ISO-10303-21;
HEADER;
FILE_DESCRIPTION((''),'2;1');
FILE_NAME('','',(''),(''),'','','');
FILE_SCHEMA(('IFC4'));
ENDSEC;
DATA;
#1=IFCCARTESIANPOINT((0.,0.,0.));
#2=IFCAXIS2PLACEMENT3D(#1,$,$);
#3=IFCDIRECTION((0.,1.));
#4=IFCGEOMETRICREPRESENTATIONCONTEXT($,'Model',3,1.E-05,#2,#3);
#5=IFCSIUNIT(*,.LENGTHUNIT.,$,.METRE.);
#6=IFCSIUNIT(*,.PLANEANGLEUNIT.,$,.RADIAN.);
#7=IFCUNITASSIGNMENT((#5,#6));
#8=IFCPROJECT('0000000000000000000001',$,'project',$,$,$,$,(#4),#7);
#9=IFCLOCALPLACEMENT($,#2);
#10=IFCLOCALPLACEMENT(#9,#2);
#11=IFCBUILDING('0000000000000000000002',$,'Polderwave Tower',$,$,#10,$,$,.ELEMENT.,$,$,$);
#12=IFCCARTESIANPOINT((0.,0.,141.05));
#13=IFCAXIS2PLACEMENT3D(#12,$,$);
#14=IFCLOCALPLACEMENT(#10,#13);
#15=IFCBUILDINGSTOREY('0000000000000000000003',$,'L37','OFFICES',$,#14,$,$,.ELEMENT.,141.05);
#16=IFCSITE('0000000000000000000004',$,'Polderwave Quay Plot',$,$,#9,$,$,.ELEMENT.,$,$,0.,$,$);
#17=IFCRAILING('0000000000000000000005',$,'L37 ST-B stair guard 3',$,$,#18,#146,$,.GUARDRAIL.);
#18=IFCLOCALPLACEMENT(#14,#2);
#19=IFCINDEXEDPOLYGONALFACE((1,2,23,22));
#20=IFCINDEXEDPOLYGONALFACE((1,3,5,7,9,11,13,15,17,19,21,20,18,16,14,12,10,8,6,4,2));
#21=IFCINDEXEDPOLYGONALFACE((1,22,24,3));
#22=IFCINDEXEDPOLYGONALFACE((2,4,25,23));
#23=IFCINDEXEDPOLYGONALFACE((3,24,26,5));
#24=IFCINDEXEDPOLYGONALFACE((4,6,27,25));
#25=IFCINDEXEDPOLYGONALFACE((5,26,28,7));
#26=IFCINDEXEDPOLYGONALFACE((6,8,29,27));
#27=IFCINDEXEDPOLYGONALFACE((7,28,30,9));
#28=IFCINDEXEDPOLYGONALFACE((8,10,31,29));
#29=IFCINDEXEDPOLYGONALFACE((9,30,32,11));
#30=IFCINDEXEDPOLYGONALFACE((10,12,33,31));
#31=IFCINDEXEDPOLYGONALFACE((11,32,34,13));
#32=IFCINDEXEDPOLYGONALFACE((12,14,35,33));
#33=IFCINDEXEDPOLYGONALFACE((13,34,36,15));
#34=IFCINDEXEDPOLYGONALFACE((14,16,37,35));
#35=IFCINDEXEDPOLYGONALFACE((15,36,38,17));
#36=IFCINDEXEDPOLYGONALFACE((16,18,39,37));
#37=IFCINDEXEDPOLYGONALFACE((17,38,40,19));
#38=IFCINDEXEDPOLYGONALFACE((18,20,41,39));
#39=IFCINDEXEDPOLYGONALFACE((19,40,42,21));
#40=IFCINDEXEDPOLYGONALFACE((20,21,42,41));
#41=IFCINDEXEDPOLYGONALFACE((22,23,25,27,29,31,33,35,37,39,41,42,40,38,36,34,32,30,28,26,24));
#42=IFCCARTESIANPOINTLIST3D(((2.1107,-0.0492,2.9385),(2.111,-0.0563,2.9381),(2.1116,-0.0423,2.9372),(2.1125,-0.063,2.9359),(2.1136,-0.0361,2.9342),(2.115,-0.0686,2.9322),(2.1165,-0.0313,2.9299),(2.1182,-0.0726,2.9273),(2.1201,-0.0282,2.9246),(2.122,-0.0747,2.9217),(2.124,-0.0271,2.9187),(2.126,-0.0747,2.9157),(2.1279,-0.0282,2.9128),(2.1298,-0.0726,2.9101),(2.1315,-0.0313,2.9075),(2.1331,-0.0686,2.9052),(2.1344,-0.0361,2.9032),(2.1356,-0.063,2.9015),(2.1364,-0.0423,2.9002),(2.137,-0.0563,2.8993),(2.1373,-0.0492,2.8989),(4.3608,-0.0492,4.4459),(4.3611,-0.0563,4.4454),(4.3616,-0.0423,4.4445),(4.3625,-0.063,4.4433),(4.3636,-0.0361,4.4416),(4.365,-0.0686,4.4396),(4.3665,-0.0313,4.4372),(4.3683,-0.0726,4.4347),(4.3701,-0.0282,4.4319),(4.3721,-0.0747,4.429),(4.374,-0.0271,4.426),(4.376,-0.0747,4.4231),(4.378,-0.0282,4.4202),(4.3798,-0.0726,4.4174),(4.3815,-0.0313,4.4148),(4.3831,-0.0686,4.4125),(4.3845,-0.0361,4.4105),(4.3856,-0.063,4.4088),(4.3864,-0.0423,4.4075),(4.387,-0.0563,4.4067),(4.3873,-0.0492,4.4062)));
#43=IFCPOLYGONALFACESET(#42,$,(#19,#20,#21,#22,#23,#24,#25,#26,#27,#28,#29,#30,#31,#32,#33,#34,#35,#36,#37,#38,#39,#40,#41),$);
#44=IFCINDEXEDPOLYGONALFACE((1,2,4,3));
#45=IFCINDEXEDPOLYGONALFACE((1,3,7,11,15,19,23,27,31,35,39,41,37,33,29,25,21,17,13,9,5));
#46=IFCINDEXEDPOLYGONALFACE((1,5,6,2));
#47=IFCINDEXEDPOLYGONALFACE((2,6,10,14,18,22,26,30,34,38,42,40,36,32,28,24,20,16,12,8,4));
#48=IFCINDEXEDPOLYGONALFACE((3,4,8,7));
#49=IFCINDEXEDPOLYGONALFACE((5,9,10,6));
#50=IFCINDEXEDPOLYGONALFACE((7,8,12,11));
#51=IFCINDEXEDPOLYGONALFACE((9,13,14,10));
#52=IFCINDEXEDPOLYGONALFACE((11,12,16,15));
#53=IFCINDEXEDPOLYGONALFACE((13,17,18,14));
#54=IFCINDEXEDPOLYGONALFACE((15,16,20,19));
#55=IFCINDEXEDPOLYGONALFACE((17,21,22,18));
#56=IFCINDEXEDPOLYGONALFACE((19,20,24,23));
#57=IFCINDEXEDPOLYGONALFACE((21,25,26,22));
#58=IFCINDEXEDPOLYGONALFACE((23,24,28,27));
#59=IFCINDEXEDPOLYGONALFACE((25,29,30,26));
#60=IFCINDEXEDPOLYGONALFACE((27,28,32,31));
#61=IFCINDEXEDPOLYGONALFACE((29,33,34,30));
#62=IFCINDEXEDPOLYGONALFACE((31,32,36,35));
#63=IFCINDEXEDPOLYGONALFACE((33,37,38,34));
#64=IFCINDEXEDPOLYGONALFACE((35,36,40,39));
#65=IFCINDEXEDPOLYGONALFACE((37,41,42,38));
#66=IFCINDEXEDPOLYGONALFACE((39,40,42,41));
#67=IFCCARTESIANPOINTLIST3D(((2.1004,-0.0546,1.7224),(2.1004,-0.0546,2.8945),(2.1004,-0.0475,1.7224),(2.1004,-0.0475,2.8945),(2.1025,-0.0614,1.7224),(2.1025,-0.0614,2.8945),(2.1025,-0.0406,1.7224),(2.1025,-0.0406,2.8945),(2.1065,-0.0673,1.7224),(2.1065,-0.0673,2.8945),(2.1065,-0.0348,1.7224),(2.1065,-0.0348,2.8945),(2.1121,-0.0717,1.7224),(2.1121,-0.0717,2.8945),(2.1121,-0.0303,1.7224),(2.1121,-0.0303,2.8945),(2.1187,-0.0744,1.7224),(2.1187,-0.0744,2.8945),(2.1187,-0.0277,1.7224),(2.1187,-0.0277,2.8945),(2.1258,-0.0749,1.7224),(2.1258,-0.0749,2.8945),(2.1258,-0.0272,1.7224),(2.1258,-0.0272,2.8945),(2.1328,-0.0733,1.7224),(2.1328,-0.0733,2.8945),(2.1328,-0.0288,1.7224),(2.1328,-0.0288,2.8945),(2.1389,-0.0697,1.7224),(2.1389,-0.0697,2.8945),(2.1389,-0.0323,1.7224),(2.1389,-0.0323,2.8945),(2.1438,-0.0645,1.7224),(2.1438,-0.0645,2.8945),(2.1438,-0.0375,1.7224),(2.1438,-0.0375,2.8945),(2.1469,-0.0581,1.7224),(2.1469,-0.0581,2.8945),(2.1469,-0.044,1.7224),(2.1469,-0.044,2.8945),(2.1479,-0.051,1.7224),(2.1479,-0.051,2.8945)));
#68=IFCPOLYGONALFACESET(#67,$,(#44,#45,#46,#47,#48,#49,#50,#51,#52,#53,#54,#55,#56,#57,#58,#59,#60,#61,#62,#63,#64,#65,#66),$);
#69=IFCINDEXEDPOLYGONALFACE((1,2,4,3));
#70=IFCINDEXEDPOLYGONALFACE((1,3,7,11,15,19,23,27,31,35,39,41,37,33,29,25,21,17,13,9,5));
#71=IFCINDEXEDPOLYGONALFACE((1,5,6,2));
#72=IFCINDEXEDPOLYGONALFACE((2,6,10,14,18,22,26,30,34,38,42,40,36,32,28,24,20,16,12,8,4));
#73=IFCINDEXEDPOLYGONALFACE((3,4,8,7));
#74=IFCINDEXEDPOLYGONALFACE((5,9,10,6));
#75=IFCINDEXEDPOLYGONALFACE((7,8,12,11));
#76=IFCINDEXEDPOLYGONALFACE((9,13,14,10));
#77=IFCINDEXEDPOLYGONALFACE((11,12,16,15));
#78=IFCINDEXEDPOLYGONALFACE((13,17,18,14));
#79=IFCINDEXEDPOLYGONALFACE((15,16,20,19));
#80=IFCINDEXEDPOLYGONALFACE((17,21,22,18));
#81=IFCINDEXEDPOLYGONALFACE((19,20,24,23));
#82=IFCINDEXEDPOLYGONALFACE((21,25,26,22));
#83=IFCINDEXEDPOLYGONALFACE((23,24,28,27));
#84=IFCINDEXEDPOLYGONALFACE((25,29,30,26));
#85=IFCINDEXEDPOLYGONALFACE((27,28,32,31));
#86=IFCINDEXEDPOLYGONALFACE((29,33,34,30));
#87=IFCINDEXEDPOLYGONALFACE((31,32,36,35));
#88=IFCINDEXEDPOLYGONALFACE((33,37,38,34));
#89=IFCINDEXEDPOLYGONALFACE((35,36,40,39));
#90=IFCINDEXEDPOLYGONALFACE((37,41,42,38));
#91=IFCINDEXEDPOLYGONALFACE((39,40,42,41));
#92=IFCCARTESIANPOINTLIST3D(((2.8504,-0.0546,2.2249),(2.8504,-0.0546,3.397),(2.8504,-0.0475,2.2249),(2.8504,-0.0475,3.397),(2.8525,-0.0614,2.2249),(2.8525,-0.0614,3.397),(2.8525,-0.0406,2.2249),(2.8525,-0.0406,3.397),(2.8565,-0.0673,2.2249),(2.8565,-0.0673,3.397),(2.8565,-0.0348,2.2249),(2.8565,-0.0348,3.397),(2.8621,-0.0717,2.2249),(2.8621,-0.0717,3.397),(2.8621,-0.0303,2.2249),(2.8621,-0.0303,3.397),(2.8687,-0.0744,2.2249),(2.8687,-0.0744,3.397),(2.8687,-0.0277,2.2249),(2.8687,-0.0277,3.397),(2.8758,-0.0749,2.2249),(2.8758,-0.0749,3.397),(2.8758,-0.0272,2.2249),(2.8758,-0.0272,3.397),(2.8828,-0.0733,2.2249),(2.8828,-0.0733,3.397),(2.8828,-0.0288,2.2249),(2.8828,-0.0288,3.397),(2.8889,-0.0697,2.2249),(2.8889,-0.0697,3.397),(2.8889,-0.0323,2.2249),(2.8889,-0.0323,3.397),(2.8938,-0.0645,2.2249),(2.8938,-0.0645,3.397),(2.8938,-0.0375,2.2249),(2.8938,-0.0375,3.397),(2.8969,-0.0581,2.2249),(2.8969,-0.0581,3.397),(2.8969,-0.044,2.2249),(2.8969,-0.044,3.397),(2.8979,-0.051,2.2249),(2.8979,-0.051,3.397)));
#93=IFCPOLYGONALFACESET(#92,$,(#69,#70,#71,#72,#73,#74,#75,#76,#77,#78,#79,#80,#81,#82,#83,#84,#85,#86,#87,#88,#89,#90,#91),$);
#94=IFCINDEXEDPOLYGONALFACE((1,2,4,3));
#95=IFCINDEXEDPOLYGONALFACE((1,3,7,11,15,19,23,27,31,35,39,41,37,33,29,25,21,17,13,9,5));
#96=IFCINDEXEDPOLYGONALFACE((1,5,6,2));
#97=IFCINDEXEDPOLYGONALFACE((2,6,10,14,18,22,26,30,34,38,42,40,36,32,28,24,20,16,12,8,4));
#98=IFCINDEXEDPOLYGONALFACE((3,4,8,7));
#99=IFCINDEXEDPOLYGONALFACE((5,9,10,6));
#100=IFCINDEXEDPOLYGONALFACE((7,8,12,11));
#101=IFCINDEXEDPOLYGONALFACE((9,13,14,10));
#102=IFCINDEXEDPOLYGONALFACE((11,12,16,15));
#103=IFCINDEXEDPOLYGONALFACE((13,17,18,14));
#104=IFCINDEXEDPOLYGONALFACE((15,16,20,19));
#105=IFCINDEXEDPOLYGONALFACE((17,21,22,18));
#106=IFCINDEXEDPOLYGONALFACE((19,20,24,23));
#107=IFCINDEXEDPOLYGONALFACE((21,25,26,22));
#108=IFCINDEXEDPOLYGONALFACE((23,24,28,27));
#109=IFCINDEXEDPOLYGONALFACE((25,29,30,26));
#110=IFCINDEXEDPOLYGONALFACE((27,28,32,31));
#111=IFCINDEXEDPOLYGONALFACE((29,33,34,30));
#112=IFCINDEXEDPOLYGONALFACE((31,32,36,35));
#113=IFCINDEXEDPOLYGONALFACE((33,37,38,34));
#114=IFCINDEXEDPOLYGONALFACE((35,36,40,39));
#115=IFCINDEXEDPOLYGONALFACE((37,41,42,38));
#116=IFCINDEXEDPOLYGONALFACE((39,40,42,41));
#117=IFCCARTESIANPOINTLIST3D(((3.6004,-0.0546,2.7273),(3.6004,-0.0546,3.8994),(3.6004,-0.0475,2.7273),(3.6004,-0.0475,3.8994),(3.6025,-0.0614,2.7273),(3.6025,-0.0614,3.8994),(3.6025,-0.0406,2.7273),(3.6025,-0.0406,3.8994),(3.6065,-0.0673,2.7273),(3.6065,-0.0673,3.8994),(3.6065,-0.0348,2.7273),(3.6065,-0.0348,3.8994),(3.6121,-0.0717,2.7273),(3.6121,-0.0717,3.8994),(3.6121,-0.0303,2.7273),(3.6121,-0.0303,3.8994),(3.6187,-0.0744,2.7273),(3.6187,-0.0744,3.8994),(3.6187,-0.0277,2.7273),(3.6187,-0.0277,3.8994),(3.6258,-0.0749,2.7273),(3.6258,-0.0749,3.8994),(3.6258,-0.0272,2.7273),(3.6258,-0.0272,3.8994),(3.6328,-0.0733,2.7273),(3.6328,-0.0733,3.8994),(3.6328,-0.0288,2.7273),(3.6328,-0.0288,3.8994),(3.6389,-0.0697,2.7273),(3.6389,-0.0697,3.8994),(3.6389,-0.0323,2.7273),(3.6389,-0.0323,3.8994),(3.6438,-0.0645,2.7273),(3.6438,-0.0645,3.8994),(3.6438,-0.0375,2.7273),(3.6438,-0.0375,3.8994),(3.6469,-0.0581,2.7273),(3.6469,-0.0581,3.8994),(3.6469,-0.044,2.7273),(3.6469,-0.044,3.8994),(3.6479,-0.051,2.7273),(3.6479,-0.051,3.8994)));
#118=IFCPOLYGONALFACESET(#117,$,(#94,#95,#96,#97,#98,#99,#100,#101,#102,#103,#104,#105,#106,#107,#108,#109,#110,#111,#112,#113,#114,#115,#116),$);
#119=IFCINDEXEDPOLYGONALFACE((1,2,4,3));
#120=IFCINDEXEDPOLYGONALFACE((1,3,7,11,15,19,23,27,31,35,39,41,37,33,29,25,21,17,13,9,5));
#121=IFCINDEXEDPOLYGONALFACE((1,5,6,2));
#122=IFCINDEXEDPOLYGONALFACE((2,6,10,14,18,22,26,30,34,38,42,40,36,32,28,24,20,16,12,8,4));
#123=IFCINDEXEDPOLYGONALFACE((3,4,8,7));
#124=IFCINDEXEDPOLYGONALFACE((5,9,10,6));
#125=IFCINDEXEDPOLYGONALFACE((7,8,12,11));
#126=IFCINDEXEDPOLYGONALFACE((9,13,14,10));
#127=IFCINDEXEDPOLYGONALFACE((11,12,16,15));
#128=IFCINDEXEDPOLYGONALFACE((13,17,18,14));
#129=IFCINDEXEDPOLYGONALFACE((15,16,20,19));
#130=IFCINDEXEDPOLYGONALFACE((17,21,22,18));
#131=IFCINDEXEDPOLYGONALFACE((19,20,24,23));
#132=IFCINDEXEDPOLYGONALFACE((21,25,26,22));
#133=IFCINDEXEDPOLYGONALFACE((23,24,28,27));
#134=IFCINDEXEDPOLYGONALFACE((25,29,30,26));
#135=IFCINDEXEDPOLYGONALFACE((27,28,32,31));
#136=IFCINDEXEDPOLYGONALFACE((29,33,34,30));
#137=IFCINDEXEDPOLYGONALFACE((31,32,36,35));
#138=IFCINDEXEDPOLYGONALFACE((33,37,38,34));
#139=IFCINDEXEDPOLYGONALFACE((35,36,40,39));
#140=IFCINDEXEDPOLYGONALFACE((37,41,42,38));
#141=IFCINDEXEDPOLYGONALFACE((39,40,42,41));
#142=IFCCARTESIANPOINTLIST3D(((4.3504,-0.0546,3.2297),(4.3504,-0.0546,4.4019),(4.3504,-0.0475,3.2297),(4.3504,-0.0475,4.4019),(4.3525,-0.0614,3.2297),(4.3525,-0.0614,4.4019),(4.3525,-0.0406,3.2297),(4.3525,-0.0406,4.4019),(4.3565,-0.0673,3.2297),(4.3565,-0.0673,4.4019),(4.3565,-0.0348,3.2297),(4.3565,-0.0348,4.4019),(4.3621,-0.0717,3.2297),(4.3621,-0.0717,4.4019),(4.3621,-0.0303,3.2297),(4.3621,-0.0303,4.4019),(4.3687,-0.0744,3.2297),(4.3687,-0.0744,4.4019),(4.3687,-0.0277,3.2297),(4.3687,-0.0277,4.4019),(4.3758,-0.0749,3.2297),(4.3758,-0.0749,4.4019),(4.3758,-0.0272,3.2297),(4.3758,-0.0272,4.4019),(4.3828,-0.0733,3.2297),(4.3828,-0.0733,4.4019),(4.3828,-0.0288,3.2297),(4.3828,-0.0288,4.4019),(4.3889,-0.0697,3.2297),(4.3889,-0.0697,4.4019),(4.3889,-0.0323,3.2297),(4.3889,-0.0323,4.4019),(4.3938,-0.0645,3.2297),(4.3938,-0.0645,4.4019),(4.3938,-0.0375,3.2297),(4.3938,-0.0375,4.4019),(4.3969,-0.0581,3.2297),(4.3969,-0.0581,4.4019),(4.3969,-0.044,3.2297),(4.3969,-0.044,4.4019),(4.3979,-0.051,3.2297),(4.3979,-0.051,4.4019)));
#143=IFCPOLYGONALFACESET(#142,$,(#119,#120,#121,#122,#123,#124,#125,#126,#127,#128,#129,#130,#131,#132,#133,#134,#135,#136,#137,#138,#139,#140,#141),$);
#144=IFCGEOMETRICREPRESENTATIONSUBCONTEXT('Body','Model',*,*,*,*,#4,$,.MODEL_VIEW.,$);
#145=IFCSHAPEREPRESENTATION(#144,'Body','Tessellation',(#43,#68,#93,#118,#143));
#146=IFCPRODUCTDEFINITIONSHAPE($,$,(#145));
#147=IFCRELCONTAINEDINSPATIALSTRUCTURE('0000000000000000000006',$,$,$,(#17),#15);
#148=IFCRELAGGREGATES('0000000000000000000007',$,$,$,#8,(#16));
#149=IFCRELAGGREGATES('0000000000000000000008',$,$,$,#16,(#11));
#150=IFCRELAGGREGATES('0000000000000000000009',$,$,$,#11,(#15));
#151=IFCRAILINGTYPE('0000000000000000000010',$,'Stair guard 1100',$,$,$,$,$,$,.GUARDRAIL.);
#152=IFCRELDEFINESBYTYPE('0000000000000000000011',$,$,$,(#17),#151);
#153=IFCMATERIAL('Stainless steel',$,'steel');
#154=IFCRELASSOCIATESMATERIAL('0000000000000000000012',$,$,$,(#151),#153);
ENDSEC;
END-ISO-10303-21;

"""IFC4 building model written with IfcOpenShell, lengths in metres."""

from ifc_helpers import new_model, si_unit, direction, frame, origin, origin_2d, place, context, subcontext, project, spatial, circle, extrude, material, type_object, element, save


model = new_model("IFC4")

# Units and contexts
model_context = context("Model", 3, precision=1e-05, world=origin(), true_north=direction((0.0, 1.0)))
body_context = subcontext(model_context, "Body", "Model", "MODEL_VIEW")
ifc_project = project(units=[si_unit("LENGTHUNIT", "METRE"), si_unit("PLANEANGLEUNIT", "RADIAN")], contexts=[model_context])

# Site, building, storey
site_placement = place(None, origin())
site = spatial("IfcSite", under=ifc_project, at=site_placement, Name="Polderwave Quay Plot", CompositionType="ELEMENT", RefElevation=0.0)
building_placement = place(site_placement, origin())
building = spatial("IfcBuilding", under=site, at=building_placement, Name="Polderwave Tower", CompositionType="ELEMENT")
storey_placement = place(building_placement, frame((0.0, 0.0, 141.05)))
storey = spatial("IfcBuildingStorey", under=building, at=storey_placement, Name="L37", Description="OFFICES", CompositionType="ELEMENT", Elevation=141.05)

# Railing
ifc_material_1 = material(Name="Stainless steel", Category="steel")
railing_type_1 = type_object("IfcRailingType", Name="Stair guard 1100", PredefinedType="GUARDRAIL", material=ifc_material_1)
railing_1_placement = place(storey_placement, frame((2.124, -0.051, 1.7224)))
element("IfcRailing", 1, at=railing_1_placement, inside=storey, type_object=railing_type_1, Name="L37 ST-B stair guard 3", PredefinedType="GUARDRAIL", context=body_context, shape_type="SweptSolid", body=[
    extrude(circle(Radius=0.0239, at=origin_2d()), frame((0.0, 0.0, 1.1963), z_axis=(0.8308, 0.0, 0.556571), x_axis=(0.0, 1.0, 0.0)), (0.0, 0.0, 1.0), 2.7083),
    extrude(circle(Radius=0.0239, at=origin_2d()), origin(), (0.0, 0.0, 1.0), 1.1721),
    extrude(circle(Radius=0.0239, at=origin_2d()), frame((0.75, 0.0, 0.5024)), (0.0, 0.0, 1.0), 1.1721),
    extrude(circle(Radius=0.0239, at=origin_2d()), frame((1.5, 0.0, 1.0049)), (0.0, 0.0, 1.0), 1.1721),
    extrude(circle(Radius=0.0239, at=origin_2d()), frame((2.25, 0.0, 1.5073)), (0.0, 0.0, 1.0), 1.1721),
])

save(model, "model.ifc")
